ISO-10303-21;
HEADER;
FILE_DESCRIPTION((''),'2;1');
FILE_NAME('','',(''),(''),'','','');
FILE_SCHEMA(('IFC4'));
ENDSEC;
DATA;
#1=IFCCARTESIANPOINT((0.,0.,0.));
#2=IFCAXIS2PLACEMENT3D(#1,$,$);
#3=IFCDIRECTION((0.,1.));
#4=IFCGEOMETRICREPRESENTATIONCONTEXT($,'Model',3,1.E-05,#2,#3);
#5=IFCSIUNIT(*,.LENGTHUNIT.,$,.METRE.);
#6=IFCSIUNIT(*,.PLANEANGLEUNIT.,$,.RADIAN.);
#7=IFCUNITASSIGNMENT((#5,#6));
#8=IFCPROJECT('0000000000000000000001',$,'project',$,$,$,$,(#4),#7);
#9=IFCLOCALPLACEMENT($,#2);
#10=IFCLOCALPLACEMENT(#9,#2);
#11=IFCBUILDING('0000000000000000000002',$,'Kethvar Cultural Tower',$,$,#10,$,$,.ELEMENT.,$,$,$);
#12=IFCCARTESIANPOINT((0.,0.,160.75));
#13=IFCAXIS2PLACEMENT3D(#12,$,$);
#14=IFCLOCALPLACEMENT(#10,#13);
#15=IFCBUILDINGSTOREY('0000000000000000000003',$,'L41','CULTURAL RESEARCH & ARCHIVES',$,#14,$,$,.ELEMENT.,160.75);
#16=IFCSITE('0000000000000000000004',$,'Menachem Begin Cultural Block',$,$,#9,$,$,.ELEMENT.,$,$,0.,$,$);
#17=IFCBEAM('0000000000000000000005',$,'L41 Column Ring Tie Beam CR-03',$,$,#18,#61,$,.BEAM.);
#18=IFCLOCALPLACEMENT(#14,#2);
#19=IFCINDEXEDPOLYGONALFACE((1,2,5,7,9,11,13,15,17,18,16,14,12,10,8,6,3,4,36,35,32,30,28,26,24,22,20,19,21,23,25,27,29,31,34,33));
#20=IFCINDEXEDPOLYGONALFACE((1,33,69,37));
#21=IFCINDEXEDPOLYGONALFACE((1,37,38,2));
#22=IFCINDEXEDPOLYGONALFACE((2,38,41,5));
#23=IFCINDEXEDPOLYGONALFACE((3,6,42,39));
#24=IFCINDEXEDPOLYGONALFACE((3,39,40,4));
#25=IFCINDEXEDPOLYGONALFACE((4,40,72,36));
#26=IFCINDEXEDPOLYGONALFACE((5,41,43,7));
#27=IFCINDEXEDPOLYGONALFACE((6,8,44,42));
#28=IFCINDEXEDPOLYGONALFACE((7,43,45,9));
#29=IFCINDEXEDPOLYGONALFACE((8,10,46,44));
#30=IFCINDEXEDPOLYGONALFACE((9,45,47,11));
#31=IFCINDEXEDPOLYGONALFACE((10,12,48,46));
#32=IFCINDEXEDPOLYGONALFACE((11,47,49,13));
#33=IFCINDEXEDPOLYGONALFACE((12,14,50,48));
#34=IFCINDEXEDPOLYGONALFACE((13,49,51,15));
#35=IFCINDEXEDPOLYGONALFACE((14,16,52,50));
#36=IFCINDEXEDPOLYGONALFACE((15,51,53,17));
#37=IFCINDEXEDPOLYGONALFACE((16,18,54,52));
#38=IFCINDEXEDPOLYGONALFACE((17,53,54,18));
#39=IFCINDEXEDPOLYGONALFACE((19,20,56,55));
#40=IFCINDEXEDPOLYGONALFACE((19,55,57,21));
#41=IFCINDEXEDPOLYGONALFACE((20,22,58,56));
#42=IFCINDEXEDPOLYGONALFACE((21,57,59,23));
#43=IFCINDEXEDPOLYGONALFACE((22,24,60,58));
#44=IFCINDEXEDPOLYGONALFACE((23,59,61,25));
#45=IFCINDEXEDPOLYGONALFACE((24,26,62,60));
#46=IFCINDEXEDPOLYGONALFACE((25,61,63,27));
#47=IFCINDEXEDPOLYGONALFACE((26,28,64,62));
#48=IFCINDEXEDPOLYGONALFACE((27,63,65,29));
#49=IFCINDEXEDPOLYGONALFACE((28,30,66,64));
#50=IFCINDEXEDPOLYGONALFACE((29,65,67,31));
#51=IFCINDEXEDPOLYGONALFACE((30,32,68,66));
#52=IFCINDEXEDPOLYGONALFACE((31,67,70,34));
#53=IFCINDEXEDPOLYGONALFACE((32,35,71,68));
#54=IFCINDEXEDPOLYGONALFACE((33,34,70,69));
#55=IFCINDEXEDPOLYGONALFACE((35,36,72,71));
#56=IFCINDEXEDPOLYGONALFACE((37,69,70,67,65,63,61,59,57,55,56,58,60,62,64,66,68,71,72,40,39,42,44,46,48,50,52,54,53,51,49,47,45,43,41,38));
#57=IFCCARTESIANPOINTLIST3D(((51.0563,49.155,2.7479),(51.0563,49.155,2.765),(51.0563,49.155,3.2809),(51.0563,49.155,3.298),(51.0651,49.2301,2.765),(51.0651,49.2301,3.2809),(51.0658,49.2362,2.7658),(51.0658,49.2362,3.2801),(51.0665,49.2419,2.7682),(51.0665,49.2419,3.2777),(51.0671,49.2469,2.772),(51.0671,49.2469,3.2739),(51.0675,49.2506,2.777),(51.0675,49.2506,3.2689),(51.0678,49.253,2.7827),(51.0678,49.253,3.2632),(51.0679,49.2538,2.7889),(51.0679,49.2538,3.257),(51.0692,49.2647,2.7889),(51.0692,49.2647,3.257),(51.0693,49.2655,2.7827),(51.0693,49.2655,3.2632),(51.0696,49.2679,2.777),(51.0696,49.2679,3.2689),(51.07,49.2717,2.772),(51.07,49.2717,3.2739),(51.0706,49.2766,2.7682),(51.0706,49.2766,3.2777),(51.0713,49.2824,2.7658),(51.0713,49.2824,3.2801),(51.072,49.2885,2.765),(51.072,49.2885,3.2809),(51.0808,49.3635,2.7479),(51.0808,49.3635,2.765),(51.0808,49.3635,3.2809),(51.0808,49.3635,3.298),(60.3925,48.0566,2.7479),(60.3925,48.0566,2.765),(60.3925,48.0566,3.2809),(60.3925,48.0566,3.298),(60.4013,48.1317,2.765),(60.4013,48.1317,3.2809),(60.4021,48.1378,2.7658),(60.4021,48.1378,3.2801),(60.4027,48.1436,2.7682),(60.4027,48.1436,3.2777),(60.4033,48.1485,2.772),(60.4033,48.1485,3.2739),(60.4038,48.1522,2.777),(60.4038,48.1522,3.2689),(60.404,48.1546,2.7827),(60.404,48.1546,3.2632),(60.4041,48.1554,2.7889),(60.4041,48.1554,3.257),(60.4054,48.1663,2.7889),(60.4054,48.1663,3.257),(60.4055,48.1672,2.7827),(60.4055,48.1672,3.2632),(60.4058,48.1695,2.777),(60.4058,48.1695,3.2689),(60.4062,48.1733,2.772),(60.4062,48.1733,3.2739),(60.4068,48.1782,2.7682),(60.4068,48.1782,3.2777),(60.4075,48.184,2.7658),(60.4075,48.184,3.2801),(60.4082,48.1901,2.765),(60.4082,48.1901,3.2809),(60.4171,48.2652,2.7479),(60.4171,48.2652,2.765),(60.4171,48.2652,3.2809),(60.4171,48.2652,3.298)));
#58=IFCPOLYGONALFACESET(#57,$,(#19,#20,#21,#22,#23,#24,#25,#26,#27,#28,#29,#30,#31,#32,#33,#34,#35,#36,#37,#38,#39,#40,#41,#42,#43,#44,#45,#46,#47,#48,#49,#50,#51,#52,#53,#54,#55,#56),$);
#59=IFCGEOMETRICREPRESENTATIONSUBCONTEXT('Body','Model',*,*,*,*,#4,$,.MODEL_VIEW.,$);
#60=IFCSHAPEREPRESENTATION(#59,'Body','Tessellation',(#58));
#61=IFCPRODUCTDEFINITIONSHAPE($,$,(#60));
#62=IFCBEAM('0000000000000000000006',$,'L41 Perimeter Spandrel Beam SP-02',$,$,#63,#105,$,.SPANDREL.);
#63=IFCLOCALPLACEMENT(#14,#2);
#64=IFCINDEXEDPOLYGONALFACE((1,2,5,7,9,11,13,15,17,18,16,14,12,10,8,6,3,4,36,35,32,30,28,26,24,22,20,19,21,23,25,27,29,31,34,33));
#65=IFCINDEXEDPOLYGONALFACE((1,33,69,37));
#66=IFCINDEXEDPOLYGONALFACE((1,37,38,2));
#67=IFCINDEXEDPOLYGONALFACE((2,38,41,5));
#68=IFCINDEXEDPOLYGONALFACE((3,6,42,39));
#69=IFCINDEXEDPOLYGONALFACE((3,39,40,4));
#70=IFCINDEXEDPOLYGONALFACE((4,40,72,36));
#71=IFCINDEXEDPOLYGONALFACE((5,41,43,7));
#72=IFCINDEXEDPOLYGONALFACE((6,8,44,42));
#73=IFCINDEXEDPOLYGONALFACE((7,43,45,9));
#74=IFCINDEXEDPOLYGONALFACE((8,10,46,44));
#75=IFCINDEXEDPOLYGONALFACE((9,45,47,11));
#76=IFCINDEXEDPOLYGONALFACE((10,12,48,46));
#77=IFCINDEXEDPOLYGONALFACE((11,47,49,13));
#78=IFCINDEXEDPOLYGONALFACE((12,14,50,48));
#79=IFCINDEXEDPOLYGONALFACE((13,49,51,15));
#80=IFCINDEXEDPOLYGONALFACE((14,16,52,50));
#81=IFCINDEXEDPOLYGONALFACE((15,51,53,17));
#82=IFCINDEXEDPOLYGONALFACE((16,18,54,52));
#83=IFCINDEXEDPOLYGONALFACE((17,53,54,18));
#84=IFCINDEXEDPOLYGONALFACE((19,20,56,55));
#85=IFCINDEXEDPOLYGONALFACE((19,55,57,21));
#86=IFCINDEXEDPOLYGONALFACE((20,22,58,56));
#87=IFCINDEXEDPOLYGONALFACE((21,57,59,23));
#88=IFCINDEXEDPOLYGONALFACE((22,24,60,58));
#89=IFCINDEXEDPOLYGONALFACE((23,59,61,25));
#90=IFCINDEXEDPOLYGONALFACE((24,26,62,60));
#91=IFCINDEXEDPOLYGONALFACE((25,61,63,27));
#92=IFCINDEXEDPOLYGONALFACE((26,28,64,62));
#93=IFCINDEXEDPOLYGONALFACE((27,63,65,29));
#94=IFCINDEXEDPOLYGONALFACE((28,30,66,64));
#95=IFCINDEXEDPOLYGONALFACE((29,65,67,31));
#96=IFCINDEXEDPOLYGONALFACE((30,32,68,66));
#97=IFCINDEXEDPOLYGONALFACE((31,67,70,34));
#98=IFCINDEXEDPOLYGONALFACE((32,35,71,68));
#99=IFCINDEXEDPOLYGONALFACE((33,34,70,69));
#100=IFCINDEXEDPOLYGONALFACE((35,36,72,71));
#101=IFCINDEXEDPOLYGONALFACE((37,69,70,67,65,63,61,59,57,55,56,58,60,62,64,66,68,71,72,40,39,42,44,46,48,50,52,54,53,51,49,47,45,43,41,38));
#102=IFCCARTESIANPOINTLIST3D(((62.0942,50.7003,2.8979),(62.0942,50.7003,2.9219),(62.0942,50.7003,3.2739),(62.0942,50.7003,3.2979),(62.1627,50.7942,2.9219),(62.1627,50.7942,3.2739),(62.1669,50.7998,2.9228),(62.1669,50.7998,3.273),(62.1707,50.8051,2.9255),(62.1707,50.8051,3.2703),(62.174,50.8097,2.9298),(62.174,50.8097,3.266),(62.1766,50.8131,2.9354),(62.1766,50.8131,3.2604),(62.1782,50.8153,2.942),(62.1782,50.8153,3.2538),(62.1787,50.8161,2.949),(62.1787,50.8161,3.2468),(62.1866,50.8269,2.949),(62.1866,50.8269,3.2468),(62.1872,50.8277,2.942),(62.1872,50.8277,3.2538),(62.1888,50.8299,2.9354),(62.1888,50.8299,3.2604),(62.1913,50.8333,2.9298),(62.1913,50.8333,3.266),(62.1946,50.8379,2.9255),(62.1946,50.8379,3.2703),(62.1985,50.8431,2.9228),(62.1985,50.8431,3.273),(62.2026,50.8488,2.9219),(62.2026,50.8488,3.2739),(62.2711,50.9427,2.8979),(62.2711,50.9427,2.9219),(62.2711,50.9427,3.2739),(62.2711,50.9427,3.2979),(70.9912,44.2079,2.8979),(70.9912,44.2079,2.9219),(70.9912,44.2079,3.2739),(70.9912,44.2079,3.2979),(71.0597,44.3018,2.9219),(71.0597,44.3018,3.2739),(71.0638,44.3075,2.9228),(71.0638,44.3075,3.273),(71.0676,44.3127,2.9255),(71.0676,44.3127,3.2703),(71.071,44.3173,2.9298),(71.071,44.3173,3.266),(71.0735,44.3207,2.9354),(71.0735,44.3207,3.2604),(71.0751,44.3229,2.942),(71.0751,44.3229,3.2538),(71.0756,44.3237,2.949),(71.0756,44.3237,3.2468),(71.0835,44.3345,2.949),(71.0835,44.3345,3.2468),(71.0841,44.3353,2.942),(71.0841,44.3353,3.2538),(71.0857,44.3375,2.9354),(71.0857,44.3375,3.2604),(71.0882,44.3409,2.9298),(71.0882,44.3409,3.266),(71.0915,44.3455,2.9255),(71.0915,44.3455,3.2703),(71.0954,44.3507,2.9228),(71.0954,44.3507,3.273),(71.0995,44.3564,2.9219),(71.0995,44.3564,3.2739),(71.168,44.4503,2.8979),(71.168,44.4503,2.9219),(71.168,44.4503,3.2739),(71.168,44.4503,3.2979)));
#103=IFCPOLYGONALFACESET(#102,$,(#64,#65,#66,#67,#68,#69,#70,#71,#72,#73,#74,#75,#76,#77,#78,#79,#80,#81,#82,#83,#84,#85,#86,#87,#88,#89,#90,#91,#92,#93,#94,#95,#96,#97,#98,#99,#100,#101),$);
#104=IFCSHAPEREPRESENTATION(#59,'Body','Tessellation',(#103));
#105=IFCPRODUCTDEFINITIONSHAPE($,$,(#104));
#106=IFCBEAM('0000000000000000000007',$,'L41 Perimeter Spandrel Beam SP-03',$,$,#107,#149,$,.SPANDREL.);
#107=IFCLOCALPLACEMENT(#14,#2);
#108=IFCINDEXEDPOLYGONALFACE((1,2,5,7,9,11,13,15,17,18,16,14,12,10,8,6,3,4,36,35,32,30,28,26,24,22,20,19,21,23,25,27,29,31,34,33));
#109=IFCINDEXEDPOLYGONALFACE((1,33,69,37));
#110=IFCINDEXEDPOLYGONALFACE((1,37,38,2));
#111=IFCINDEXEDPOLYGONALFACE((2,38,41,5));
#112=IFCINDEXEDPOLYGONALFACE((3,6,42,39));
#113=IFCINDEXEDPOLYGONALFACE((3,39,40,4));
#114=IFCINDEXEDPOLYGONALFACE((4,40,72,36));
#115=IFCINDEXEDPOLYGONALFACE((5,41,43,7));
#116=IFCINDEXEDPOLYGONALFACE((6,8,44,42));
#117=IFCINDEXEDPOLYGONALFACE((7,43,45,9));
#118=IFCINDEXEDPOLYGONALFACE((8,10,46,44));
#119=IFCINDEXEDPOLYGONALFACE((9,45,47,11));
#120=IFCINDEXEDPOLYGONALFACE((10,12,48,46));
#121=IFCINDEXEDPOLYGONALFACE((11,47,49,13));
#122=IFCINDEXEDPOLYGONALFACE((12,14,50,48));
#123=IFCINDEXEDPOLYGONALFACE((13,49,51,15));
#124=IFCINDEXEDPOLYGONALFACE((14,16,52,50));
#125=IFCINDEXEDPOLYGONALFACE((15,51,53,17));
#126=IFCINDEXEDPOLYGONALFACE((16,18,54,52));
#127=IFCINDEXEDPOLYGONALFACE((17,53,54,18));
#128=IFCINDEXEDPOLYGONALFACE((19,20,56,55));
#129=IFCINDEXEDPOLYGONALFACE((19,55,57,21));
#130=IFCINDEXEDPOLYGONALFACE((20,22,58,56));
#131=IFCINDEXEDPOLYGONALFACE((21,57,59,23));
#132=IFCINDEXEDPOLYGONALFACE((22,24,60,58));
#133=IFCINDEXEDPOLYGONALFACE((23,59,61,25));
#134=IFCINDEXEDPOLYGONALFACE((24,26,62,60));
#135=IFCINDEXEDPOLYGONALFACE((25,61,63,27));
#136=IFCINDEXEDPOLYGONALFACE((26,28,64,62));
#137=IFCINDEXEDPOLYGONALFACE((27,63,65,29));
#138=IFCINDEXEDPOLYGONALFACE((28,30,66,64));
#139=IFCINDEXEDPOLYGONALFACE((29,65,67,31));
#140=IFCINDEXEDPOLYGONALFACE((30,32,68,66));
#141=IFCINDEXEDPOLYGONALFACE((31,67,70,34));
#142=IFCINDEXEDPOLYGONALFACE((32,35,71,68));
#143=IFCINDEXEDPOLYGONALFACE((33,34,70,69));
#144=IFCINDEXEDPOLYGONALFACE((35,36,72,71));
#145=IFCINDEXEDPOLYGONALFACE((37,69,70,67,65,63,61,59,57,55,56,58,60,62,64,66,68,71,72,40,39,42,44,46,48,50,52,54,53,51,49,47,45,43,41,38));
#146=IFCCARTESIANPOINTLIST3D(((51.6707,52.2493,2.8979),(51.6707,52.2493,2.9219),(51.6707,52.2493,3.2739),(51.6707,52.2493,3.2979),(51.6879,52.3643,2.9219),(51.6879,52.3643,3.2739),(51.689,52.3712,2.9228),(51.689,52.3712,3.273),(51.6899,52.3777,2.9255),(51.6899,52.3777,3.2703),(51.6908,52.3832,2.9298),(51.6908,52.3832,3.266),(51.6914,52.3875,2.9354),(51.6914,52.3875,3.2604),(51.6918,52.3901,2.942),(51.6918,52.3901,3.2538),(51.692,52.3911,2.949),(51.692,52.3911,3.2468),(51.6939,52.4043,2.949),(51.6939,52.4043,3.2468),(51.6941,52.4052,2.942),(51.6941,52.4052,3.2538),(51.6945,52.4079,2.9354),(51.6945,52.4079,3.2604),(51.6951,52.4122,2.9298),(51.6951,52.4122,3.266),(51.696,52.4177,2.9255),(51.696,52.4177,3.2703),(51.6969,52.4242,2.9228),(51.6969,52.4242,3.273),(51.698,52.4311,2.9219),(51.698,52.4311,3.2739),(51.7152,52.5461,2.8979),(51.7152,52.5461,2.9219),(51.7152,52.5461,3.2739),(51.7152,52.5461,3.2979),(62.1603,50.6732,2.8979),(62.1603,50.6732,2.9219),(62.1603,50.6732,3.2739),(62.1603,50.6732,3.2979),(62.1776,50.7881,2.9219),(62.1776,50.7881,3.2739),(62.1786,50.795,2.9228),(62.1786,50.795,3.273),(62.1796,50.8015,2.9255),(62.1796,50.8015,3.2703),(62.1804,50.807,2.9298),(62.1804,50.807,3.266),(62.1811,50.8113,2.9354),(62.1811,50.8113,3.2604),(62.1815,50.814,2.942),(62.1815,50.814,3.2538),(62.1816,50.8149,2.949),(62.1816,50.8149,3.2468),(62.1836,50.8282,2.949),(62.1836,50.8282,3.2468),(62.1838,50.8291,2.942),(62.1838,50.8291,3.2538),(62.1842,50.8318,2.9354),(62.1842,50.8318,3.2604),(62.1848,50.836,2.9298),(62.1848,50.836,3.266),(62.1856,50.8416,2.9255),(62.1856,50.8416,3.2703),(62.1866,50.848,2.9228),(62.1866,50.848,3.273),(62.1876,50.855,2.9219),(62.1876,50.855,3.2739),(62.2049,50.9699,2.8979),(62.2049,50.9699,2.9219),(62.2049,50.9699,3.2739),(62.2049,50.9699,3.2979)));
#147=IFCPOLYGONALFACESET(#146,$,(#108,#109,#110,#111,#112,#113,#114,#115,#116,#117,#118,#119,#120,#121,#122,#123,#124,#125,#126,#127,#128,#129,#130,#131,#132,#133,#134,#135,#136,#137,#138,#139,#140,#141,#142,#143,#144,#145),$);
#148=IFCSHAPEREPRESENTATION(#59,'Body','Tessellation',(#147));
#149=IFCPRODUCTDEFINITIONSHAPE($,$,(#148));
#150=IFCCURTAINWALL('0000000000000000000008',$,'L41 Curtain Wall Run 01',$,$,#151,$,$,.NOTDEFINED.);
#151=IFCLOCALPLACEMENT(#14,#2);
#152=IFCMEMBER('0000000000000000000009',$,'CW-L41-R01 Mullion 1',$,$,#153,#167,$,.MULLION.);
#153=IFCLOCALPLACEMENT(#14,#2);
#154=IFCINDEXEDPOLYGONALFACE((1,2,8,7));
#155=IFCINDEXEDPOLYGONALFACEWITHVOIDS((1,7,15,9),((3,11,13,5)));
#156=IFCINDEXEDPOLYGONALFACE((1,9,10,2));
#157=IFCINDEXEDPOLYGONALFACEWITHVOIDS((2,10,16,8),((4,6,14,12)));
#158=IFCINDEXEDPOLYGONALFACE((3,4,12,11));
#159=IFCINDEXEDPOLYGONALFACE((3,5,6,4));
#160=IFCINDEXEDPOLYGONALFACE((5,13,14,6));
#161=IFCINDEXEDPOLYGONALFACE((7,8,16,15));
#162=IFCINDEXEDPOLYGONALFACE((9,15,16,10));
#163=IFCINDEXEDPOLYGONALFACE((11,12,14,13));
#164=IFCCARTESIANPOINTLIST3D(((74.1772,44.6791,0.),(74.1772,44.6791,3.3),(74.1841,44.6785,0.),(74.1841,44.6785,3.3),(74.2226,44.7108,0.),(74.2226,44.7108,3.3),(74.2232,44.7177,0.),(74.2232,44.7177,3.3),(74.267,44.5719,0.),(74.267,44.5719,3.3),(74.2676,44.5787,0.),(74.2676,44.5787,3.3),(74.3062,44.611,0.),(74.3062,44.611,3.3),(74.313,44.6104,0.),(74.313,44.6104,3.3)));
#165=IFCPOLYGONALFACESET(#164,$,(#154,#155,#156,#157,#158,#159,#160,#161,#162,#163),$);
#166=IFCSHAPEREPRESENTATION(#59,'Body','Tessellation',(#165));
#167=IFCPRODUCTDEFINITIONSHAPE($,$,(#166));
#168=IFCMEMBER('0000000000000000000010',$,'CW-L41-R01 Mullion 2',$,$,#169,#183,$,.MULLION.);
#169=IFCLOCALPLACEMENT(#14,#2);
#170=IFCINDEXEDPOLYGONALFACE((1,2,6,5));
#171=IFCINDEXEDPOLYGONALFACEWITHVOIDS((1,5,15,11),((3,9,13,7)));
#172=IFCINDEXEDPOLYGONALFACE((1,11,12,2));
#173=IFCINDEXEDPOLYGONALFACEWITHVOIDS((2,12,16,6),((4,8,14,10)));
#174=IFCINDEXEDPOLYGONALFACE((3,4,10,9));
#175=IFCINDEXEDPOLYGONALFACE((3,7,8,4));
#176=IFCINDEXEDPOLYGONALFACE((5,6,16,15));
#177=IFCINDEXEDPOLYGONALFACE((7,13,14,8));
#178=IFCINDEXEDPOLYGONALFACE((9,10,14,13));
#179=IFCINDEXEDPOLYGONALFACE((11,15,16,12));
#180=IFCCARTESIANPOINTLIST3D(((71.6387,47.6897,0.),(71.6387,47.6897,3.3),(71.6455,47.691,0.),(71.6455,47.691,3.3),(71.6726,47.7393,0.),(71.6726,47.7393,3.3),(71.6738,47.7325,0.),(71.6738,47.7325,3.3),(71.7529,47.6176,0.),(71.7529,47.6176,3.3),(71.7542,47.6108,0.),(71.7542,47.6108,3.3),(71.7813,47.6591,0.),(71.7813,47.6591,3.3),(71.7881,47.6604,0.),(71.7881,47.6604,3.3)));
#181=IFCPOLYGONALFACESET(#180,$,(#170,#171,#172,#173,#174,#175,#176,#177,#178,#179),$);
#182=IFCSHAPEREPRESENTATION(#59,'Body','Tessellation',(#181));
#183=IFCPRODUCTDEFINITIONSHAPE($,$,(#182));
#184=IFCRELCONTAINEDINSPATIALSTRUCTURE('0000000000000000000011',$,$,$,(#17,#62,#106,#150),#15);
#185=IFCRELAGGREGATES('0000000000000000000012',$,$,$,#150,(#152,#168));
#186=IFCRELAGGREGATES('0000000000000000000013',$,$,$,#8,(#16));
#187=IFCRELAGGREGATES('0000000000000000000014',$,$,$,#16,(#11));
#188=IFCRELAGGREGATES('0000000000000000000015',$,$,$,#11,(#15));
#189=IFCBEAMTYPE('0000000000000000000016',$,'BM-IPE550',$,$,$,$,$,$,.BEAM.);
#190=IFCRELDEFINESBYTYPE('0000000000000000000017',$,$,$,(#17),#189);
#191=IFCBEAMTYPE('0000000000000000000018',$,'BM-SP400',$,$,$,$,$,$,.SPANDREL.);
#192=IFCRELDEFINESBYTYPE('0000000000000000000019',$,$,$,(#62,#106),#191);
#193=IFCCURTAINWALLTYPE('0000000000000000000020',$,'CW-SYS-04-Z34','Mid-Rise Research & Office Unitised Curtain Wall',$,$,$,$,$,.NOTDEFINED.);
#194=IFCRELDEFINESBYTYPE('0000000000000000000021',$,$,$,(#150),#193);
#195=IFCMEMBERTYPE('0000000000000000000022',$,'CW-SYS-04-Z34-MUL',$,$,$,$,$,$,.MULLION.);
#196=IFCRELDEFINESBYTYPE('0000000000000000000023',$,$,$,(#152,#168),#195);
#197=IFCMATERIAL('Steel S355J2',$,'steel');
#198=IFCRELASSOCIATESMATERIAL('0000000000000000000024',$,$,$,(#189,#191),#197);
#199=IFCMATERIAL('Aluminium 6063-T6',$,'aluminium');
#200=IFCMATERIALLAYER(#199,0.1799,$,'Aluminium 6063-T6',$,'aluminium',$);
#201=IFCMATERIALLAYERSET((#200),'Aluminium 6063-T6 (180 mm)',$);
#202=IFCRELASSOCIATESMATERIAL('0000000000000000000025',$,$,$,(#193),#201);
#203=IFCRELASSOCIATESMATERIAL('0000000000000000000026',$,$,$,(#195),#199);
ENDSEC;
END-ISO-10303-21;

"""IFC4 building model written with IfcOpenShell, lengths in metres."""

from ifc_helpers import new_model, si_unit, direction, frame, origin, origin_2d, place, context, subcontext, project, spatial, hollow_rectangle, i_section, extrude, source, transform, mapped, material, layer, layer_set, material_profile, profile_set, type_object, element, aggregate, save


model = new_model("IFC4")

# Units and contexts
model_context = context("Model", 3, precision=1e-05, world=origin(), true_north=direction((0.0, 1.0)))
body_context = subcontext(model_context, "Body", "Model", "MODEL_VIEW")
ifc_project = project(units=[si_unit("LENGTHUNIT", "METRE"), si_unit("PLANEANGLEUNIT", "RADIAN")], contexts=[model_context])

# Site, building, storey
site_placement = place(None, origin())
site = spatial("IfcSite", under=ifc_project, at=site_placement, Name="Menachem Begin Cultural Block", CompositionType="ELEMENT", RefElevation=0.0)
building_placement = place(site_placement, origin())
building = spatial("IfcBuilding", under=site, at=building_placement, Name="Kethvar Cultural Tower", CompositionType="ELEMENT")
storey_placement = place(building_placement, frame((0.0, 0.0, 160.75)))
storey = spatial("IfcBuildingStorey", under=building, at=storey_placement, Name="L41", Description="CULTURAL RESEARCH & ARCHIVES", CompositionType="ELEMENT", Elevation=160.75)

# Beams
ifc_material_1 = material(Name="Steel S355J2", Category="steel")
ifc_material_profile_1 = material_profile(ifc_material_1, i_section(OverallWidth=0.21, OverallDepth=0.55, WebThickness=0.011, FlangeThickness=0.0171, FilletRadius=0.0239, at=origin_2d()), Name="Steel S355J2 — IPE550")
ifc_profile_set_1 = profile_set([ifc_material_profile_1], Name="Steel S355J2 — IPE550")
beam_type_1 = type_object("IfcBeamType", Name="BM-IPE550", PredefinedType="BEAM", material=ifc_profile_set_1)
shared_shape_1 = source(origin(), body_context, "Body", "SweptSolid", [
    extrude(i_section(OverallWidth=0.21, OverallDepth=0.55, WebThickness=0.011, FlangeThickness=0.0171, FilletRadius=0.0239, at=origin_2d()), origin(), (0.0, 0.0, 1.0), 9.4006),
])
beam_1_placement = place(storey_placement, frame((60.4048, 48.1609, 3.0229), z_axis=(-0.99315, 0.116843, 0.0), x_axis=(-0.116843, -0.99315, 0.0)))
element("IfcBeam", 1, at=beam_1_placement, inside=storey, type_object=beam_type_1, Name="L41 Column Ring Tie Beam CR-03", PredefinedType="BEAM", context=body_context, shape_type="MappedRepresentation", body=[
    mapped(shared_shape_1, transform((0.0, 0.0, 0.0), scale=1.0)),
])
ifc_material_profile_2 = material_profile(ifc_material_1, i_section(OverallWidth=0.3, OverallDepth=0.3999, WebThickness=0.0134, FlangeThickness=0.0239, FilletRadius=0.0271, at=origin_2d()), Name="Steel S355J2 — HEB400")
ifc_profile_set_2 = profile_set([ifc_material_profile_2], Name="Steel S355J2 — HEB400")
beam_type_2 = type_object("IfcBeamType", Name="BM-SP400", PredefinedType="SPANDREL", material=ifc_profile_set_2)
shared_shape_2 = source(origin(), body_context, "Body", "SweptSolid", [
    extrude(i_section(OverallWidth=0.3, OverallDepth=0.3999, WebThickness=0.0134, FlangeThickness=0.0239, FilletRadius=0.0271, at=origin_2d()), origin(), (0.0, 0.0, 1.0), 11.0139),
])
beam_2_placement = place(storey_placement, frame((71.0796, 44.3291, 3.0979), z_axis=(-0.807789, 0.589472, 0.0), x_axis=(-0.589472, -0.807789, 0.0)))
element("IfcBeam", 2, at=beam_2_placement, inside=storey, type_object=beam_type_2, Name="L41 Perimeter Spandrel Beam SP-02", PredefinedType="SPANDREL", context=body_context, shape_type="MappedRepresentation", body=[
    mapped(shared_shape_2, transform((0.0, 0.0, 0.0), scale=1.0)),
])
shared_shape_3 = source(origin(), body_context, "Body", "SweptSolid", [
    extrude(i_section(OverallWidth=0.3, OverallDepth=0.3999, WebThickness=0.0134, FlangeThickness=0.0239, FilletRadius=0.0271, at=origin_2d()), origin(), (0.0, 0.0, 1.0), 10.6074),
])
beam_3_placement = place(storey_placement, frame((62.1826, 50.8215, 3.0979), z_axis=(-0.988899, 0.14859, 0.0), x_axis=(-0.14859, -0.988899, 0.0)))
element("IfcBeam", 3, at=beam_3_placement, inside=storey, type_object=beam_type_2, Name="L41 Perimeter Spandrel Beam SP-03", PredefinedType="SPANDREL", context=body_context, shape_type="MappedRepresentation", body=[
    mapped(shared_shape_3, transform((0.0, 0.0, 0.0), scale=1.0)),
])

# Curtain wall, members
ifc_material_2 = material(Name="Aluminium 6063-T6", Category="aluminium")
ifc_layer_1 = layer(ifc_material_2, 0.1799, Name="Aluminium 6063-T6", Category="aluminium")
ifc_layer_set_1 = layer_set([ifc_layer_1], Name="Aluminium 6063-T6 (180 mm)")
curtain_wall_type = type_object("IfcCurtainWallType", Name="CW-SYS-04-Z34", Description="Mid-Rise Research & Office Unitised Curtain Wall", PredefinedType="NOTDEFINED", material=ifc_layer_set_1)
curtain_wall_1_placement = place(storey_placement, origin())
curtain_wall_1 = element("IfcCurtainWall", 4, at=curtain_wall_1_placement, inside=storey, type_object=curtain_wall_type, Name="L41 Curtain Wall Run 01", PredefinedType="NOTDEFINED")
ifc_material_profile_3 = material_profile(ifc_material_2, hollow_rectangle(XDim=0.0601, YDim=0.1399, WallThickness=0.0049, at=origin_2d()), Name="Aluminium 6063-T6 — RHS140x60x5")
ifc_profile_set_3 = profile_set([ifc_material_profile_3], Name="Aluminium 6063-T6 — RHS140x60x5")
member_type_1 = type_object("IfcMemberType", Name="CW-SYS-04-Z34-MUL", PredefinedType="MULLION", material=ifc_profile_set_3)
shared_shape_4 = source(origin(), body_context, "Body", "SweptSolid", [
    extrude(hollow_rectangle(XDim=0.0601, YDim=0.1399, WallThickness=0.0049, at=origin_2d()), origin(), (0.0, 0.0, 1.0), 3.3),
])
member_1_placement = place(storey_placement, frame((74.2451, 44.6448, 0.0), z_axis=(0.0, 0.0, 1.0), x_axis=(-0.766762, -0.641932, 0.0)))
member_1 = element("IfcMember", 5, at=member_1_placement, type_object=member_type_1, Name="CW-L41-R01 Mullion 1", PredefinedType="MULLION", context=body_context, shape_type="MappedRepresentation", body=[
    mapped(shared_shape_4, transform((0.0, 0.0, 0.0), scale=1.0)),
])
member_2_placement = place(storey_placement, frame((71.7134, 47.675, 0.0), z_axis=(0.0, 0.0, 1.0), x_axis=(-0.564204, -0.825636, 0.0)))
member_2 = element("IfcMember", 6, at=member_2_placement, type_object=member_type_1, Name="CW-L41-R01 Mullion 2", PredefinedType="MULLION", context=body_context, shape_type="MappedRepresentation", body=[
    mapped(shared_shape_4, transform((0.0, 0.0, 0.0), scale=1.0)),
])
aggregate(curtain_wall_1, [member_1, member_2])

save(model, "model.ifc")
